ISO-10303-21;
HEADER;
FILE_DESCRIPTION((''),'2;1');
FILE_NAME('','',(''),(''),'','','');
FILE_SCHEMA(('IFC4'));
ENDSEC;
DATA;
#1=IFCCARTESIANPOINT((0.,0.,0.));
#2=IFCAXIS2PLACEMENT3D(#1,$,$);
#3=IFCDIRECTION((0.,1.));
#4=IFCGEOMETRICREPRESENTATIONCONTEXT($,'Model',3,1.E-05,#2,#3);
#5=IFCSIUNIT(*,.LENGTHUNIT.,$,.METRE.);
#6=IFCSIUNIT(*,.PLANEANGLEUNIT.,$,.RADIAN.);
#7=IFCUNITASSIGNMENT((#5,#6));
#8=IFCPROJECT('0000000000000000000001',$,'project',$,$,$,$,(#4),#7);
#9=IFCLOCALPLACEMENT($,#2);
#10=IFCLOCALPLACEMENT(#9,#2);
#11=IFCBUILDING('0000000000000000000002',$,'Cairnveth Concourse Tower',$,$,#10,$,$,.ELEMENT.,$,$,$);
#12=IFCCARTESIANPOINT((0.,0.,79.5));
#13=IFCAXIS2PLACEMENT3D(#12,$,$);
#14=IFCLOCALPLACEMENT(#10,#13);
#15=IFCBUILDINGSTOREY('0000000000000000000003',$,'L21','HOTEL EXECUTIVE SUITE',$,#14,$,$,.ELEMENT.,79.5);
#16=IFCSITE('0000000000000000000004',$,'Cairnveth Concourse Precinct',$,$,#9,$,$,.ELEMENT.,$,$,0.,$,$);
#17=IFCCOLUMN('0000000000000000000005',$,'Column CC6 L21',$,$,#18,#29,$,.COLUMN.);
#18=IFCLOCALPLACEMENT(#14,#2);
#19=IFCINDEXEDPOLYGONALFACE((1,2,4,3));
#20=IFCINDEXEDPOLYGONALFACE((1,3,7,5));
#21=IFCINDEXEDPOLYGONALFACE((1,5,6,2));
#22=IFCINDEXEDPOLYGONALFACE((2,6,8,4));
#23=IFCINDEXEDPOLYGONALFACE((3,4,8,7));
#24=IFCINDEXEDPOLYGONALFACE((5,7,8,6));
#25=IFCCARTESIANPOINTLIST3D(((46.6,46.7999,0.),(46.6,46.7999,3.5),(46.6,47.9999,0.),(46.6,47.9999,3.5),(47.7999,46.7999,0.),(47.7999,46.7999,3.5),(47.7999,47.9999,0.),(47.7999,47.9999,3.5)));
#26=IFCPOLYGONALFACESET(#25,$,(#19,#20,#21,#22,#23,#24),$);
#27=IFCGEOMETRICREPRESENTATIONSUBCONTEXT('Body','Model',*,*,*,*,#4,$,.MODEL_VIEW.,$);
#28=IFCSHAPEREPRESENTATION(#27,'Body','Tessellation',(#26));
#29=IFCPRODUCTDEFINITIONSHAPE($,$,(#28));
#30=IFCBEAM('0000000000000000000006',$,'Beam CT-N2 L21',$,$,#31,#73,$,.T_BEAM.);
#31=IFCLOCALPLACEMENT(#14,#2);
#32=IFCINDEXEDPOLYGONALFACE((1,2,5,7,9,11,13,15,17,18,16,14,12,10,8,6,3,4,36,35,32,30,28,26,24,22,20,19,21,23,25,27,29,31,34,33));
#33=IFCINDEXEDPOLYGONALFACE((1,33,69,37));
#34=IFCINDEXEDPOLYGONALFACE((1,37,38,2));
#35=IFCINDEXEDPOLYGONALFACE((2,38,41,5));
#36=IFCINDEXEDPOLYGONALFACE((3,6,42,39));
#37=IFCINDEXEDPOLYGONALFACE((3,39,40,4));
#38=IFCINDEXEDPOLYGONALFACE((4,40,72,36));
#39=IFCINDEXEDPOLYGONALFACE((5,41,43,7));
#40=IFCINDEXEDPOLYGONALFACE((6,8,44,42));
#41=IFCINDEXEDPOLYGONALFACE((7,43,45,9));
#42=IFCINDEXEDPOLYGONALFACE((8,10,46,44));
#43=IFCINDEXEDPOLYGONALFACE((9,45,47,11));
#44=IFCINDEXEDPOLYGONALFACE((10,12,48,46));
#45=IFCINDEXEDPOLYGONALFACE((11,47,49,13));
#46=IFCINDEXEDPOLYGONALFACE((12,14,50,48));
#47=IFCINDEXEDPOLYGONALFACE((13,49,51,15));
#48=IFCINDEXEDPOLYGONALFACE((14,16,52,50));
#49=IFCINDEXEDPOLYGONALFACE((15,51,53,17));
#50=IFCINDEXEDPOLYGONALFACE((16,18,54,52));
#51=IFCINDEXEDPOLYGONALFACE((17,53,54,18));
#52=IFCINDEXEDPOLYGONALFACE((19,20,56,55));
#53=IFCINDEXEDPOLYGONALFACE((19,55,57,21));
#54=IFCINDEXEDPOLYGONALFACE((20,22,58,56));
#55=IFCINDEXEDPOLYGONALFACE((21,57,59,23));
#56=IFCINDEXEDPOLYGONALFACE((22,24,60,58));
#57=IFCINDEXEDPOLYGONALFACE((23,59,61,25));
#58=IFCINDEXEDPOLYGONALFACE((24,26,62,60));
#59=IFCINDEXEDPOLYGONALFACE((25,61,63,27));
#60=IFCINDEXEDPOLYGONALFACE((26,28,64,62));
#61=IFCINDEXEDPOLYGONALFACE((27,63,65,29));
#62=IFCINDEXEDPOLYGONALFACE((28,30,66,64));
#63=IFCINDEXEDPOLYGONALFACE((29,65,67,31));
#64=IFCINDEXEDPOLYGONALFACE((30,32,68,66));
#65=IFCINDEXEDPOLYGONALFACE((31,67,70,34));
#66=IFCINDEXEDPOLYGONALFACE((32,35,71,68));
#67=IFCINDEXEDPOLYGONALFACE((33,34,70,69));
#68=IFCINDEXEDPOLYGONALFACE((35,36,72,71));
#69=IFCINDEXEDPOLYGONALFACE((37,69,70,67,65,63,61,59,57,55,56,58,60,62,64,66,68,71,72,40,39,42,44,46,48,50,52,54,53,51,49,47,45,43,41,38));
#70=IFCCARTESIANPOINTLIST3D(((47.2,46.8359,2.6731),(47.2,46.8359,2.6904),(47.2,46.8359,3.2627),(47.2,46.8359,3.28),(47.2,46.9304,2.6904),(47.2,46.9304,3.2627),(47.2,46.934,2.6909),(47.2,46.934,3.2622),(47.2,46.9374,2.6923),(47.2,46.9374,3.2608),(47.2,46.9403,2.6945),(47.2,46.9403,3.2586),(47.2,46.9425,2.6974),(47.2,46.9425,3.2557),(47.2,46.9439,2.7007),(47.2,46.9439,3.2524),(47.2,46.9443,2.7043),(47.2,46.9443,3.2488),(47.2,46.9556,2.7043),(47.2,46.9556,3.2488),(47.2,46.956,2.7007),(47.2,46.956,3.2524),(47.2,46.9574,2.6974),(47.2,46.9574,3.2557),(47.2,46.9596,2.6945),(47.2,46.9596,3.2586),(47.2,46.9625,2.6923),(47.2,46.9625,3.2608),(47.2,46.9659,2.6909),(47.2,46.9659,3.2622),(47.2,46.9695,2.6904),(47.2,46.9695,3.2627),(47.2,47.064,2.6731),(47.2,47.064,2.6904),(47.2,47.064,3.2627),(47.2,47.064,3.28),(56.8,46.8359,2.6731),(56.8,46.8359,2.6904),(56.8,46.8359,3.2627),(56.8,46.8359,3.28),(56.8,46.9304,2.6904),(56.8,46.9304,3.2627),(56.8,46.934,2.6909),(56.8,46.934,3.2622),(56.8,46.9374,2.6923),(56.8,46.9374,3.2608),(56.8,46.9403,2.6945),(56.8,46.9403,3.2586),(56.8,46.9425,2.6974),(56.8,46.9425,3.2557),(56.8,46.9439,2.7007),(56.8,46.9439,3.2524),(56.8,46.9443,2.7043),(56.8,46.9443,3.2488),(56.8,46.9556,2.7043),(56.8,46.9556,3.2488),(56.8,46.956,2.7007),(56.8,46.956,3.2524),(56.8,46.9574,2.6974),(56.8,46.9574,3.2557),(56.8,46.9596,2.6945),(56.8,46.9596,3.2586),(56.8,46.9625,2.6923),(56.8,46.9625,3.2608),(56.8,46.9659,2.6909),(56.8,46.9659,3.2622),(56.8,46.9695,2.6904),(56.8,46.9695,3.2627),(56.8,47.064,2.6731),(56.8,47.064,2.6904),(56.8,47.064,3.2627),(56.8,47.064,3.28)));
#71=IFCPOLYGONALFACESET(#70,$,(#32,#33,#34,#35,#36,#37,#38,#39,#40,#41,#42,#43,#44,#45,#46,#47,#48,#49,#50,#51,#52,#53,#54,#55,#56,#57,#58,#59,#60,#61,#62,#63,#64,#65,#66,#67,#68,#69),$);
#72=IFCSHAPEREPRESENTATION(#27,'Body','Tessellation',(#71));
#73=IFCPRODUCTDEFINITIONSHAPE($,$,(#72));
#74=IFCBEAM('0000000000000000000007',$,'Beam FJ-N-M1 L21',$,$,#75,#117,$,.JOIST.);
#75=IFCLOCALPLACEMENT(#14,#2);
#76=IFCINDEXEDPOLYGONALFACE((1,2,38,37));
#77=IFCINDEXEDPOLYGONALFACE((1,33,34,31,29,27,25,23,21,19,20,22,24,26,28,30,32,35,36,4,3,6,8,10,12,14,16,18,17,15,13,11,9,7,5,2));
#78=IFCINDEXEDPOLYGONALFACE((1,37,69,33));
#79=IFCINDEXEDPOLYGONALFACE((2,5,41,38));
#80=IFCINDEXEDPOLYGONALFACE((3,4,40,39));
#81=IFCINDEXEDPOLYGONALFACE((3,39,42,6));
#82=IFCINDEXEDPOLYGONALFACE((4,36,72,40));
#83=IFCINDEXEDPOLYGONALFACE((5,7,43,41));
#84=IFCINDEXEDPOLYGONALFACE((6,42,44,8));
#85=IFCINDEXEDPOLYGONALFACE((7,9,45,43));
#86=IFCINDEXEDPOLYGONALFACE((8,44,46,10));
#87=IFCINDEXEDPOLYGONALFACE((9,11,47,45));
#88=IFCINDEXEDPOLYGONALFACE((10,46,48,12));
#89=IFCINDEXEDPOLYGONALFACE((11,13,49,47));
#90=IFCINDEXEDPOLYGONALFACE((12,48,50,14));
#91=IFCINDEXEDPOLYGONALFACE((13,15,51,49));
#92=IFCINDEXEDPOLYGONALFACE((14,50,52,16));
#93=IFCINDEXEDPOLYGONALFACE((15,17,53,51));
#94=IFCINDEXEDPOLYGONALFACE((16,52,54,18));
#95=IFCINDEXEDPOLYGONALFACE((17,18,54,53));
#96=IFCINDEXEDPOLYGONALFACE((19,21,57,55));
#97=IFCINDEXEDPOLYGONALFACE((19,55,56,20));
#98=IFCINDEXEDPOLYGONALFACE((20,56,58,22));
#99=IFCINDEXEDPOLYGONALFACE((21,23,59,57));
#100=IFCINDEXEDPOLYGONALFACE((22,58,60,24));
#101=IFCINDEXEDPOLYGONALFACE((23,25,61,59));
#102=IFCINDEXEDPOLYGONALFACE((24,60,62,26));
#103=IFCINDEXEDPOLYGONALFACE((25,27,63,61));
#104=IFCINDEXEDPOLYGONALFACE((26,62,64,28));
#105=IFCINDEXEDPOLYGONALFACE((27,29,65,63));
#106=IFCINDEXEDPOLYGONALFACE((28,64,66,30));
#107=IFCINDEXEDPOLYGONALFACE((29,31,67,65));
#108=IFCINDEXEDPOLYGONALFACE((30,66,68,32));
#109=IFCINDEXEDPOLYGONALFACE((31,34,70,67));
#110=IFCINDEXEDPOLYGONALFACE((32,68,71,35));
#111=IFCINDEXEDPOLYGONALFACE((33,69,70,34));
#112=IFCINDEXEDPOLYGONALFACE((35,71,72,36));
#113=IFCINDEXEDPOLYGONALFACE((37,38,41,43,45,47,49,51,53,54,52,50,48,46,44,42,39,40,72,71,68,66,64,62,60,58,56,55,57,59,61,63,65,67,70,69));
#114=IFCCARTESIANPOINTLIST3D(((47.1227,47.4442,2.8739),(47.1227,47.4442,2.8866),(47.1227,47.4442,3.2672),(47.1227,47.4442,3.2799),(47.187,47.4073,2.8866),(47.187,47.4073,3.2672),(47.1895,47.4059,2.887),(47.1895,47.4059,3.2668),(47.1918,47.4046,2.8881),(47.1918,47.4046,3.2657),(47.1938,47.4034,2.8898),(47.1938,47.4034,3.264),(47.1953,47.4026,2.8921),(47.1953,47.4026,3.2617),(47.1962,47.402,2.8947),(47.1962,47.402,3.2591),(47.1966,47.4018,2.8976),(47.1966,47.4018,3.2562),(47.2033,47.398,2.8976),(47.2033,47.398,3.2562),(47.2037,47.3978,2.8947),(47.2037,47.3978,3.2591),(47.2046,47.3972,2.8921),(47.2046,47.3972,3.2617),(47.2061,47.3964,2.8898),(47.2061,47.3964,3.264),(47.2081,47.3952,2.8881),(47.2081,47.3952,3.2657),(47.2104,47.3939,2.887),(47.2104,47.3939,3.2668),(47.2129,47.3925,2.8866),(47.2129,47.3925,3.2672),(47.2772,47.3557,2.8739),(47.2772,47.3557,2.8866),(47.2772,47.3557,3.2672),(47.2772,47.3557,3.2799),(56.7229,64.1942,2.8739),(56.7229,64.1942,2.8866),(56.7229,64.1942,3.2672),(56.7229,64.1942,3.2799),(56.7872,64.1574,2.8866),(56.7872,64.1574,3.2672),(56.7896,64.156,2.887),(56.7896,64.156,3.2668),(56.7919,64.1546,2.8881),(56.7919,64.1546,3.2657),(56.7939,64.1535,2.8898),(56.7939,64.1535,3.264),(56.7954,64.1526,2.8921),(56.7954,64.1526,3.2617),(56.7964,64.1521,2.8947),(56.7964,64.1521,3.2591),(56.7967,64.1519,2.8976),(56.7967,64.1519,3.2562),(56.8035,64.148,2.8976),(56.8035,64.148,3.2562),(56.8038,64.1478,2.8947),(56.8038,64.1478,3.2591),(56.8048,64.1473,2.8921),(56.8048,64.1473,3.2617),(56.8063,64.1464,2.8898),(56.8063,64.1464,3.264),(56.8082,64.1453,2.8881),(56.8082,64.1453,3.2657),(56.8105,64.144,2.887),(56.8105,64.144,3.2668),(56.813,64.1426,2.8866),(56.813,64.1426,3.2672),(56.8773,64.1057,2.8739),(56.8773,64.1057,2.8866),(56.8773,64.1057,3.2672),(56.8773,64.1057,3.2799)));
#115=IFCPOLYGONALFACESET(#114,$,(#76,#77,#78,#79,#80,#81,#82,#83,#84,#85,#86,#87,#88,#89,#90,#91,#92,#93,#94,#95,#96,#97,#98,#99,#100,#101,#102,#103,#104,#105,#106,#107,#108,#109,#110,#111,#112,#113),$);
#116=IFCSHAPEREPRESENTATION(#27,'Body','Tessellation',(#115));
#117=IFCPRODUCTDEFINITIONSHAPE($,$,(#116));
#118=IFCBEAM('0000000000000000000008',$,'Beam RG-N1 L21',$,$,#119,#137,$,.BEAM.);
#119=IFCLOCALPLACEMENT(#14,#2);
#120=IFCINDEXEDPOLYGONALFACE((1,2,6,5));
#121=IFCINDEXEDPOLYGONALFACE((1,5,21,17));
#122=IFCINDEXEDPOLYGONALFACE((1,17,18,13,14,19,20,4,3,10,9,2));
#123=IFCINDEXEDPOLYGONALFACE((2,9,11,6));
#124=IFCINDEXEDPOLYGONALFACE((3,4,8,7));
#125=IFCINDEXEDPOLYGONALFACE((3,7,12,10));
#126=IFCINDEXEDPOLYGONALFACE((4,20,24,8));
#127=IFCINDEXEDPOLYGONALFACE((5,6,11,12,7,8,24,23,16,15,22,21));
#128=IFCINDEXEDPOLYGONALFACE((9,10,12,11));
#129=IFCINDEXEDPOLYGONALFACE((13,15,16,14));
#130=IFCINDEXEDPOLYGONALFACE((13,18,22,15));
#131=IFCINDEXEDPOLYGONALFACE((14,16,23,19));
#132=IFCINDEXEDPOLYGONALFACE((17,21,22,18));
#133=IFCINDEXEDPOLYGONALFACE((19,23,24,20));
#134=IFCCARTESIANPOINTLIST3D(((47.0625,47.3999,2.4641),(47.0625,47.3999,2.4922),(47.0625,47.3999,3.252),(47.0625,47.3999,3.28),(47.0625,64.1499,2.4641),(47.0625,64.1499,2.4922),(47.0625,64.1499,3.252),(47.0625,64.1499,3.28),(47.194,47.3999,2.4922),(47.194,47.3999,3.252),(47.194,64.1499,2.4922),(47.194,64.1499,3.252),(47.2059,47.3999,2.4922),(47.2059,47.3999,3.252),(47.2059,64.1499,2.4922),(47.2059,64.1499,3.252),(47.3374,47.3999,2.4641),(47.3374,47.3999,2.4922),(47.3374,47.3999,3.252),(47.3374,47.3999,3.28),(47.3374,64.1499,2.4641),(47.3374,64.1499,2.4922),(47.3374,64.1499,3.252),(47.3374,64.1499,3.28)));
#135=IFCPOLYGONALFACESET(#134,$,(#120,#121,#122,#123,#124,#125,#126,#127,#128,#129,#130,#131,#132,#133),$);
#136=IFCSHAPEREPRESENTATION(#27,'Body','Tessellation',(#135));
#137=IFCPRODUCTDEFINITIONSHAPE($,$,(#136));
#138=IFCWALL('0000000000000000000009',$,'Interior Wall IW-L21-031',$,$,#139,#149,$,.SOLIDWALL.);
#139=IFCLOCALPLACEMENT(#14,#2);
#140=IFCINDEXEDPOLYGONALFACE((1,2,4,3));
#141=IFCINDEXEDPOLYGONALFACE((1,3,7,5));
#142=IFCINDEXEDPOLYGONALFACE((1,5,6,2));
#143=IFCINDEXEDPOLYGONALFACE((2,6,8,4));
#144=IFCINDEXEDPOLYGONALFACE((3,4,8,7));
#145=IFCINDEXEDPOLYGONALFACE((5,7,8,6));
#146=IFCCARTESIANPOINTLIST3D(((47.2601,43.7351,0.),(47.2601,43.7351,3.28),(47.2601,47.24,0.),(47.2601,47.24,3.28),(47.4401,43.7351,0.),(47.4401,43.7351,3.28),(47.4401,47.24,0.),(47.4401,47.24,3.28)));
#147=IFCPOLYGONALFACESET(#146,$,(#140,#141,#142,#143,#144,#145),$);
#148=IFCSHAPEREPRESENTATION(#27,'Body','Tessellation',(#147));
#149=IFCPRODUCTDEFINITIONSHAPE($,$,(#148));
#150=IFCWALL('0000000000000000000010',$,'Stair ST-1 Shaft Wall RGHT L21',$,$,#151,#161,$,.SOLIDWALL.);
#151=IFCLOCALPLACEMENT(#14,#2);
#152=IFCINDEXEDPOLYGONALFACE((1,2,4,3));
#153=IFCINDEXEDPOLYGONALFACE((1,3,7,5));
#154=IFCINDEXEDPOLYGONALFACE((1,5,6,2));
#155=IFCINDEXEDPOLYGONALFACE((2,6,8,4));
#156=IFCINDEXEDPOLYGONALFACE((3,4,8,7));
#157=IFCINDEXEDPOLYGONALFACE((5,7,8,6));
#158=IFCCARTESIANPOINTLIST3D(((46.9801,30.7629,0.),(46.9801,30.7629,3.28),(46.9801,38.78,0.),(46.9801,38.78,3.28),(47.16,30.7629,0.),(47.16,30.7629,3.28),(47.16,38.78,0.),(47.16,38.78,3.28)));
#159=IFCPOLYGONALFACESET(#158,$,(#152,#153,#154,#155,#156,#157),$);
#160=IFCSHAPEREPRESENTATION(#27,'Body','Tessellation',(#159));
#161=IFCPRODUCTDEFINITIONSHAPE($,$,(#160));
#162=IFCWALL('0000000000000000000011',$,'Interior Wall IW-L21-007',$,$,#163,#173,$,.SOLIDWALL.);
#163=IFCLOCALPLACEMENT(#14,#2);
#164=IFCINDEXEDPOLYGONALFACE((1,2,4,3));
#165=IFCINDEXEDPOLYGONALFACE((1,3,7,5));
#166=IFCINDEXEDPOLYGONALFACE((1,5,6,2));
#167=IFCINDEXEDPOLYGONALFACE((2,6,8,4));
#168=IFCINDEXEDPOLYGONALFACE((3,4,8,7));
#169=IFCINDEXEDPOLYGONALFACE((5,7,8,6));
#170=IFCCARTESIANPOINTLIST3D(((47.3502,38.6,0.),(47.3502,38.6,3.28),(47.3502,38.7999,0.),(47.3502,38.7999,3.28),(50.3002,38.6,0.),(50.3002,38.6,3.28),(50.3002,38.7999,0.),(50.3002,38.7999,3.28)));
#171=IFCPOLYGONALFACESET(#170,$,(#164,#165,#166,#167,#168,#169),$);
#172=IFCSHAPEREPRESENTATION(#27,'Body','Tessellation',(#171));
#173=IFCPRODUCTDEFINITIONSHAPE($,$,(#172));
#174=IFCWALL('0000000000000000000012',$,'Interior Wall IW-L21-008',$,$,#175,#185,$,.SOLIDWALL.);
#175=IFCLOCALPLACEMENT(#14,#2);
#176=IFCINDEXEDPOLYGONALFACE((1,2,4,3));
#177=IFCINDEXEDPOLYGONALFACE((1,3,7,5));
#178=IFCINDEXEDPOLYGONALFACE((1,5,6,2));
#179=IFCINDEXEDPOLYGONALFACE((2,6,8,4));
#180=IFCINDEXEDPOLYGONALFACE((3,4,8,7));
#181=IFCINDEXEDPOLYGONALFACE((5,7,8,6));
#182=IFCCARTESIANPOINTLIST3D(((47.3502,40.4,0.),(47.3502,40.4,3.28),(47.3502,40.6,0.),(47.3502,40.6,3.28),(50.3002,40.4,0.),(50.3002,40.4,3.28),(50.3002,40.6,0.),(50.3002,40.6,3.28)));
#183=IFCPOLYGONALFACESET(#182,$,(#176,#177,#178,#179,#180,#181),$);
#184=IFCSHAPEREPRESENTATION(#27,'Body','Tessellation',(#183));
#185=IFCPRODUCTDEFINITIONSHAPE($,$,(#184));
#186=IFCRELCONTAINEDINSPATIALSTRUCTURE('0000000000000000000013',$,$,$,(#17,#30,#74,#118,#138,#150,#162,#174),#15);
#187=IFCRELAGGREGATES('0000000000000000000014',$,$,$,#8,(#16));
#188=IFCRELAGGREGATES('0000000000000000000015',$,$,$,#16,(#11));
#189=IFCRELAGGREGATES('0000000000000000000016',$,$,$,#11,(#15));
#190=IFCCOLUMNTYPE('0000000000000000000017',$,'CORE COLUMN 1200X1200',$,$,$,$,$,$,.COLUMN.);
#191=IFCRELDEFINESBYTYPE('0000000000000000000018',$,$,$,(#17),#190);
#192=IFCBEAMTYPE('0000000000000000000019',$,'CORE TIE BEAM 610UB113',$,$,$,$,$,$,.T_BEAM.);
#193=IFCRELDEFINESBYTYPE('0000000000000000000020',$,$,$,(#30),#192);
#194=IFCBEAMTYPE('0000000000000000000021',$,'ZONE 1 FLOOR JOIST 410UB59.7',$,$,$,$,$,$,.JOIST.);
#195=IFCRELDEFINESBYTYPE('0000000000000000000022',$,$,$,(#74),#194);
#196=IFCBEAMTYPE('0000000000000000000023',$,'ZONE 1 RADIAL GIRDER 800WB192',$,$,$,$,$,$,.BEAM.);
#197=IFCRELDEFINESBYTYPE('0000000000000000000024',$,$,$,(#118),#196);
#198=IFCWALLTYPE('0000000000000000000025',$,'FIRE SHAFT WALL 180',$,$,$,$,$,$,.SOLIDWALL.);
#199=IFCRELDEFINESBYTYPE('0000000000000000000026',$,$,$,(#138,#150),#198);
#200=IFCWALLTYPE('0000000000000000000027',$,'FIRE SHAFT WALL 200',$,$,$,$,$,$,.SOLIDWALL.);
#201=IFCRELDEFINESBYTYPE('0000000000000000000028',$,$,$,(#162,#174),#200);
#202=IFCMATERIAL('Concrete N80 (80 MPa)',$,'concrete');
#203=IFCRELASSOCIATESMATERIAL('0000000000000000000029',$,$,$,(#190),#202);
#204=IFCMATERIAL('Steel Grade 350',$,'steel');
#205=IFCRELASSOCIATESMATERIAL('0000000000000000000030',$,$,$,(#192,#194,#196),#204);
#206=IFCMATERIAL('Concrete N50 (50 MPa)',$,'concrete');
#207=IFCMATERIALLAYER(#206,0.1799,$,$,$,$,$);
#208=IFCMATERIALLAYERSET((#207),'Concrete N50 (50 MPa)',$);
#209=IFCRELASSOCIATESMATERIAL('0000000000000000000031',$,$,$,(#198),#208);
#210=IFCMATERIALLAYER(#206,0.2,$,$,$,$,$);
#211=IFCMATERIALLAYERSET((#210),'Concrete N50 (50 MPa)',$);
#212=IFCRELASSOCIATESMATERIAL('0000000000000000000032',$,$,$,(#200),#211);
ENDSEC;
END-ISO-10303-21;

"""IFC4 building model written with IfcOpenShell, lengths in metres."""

from ifc_helpers import new_model, si_unit, direction, frame, frame_2d, origin, origin_2d, place, context, subcontext, project, spatial, rectangle, i_section, extrude, material, layer, layer_set, material_profile, profile_set, type_object, element, save


model = new_model("IFC4")

# Units and contexts
model_context = context("Model", 3, precision=1e-05, world=origin(), true_north=direction((0.0, 1.0)))
body_context = subcontext(model_context, "Body", "Model", "MODEL_VIEW")
ifc_project = project(units=[si_unit("LENGTHUNIT", "METRE"), si_unit("PLANEANGLEUNIT", "RADIAN")], contexts=[model_context])

# Site, building, storey
site_placement = place(None, origin())
site = spatial("IfcSite", under=ifc_project, at=site_placement, Name="Cairnveth Concourse Precinct", CompositionType="ELEMENT", RefElevation=0.0)
building_placement = place(site_placement, origin())
building = spatial("IfcBuilding", under=site, at=building_placement, Name="Cairnveth Concourse Tower", CompositionType="ELEMENT")
storey_placement = place(building_placement, frame((0.0, 0.0, 79.5)))
storey = spatial("IfcBuildingStorey", under=building, at=storey_placement, Name="L21", Description="HOTEL EXECUTIVE SUITE", CompositionType="ELEMENT", Elevation=79.5)

# Column
ifc_material_1 = material(Name="Concrete N80 (80 MPa)", Category="concrete")
ifc_material_profile_1 = material_profile(ifc_material_1, rectangle(XDim=1.2, YDim=1.2, at=origin_2d()), Name="RC-COL-1200x1200")
ifc_profile_set_1 = profile_set([ifc_material_profile_1], Name="Concrete N80 (80 MPa)")
column_type = type_object("IfcColumnType", Name="CORE COLUMN 1200X1200", PredefinedType="COLUMN", material=ifc_profile_set_1)
column_placement = place(storey_placement, frame((47.2, 47.3999, 0.0), z_axis=(0.0, 0.0, 1.0), x_axis=(1.0, 0.0, 0.0)))
element("IfcColumn", 1, at=column_placement, inside=storey, type_object=column_type, Name="Column CC6 L21", PredefinedType="COLUMN", context=body_context, shape_type="SweptSolid", body=[
    extrude(rectangle(XDim=1.2, YDim=1.2, at=origin_2d()), origin(), (0.0, 0.0, 1.0), 3.5),
])

# Beams
ifc_material_2 = material(Name="Steel Grade 350", Category="steel")
ifc_material_profile_2 = material_profile(ifc_material_2, i_section(OverallWidth=0.228, OverallDepth=0.6069, WebThickness=0.0112, FlangeThickness=0.0173, FilletRadius=0.0139, at=origin_2d()), Name="610UB113")
ifc_profile_set_2 = profile_set([ifc_material_profile_2], Name="Steel Grade 350")
beam_type_1 = type_object("IfcBeamType", Name="CORE TIE BEAM 610UB113", PredefinedType="T_BEAM", material=ifc_profile_set_2)
beam_1_placement = place(storey_placement, frame((47.2, 46.95, 2.9766), z_axis=(1.0, 0.0, 0.0), x_axis=(0.0, 1.0, 0.0)))
element("IfcBeam", 2, at=beam_1_placement, inside=storey, type_object=beam_type_1, Name="Beam CT-N2 L21", PredefinedType="T_BEAM", context=body_context, shape_type="SweptSolid", body=[
    extrude(i_section(OverallWidth=0.228, OverallDepth=0.6069, WebThickness=0.0112, FlangeThickness=0.0173, FilletRadius=0.0139, at=origin_2d()), origin(), (0.0, 0.0, 1.0), 9.6001),
])
ifc_material_profile_3 = material_profile(ifc_material_2, i_section(OverallWidth=0.178, OverallDepth=0.406, WebThickness=0.0078, FlangeThickness=0.0127, FilletRadius=0.011, at=origin_2d()), Name="410UB59.7")
ifc_profile_set_3 = profile_set([ifc_material_profile_3], Name="Steel Grade 350")
beam_type_2 = type_object("IfcBeamType", Name="ZONE 1 FLOOR JOIST 410UB59.7", PredefinedType="JOIST", material=ifc_profile_set_3)
beam_2_placement = place(storey_placement, frame((47.2, 47.3999, 3.0769), z_axis=(0.497258, 0.867603, 0.0), x_axis=(-0.867603, 0.497258, 0.0)))
element("IfcBeam", 3, at=beam_2_placement, inside=storey, type_object=beam_type_2, Name="Beam FJ-N-M1 L21", PredefinedType="JOIST", context=body_context, shape_type="SweptSolid", body=[
    extrude(i_section(OverallWidth=0.178, OverallDepth=0.406, WebThickness=0.0078, FlangeThickness=0.0127, FilletRadius=0.011, at=origin_2d()), origin(), (0.0, 0.0, 1.0), 19.3062),
])
ifc_material_profile_4 = material_profile(ifc_material_2, i_section(OverallWidth=0.2749, OverallDepth=0.8159, WebThickness=0.012, FlangeThickness=0.0281, at=origin_2d()), Name="800WB192")
ifc_profile_set_4 = profile_set([ifc_material_profile_4], Name="Steel Grade 350")
beam_type_3 = type_object("IfcBeamType", Name="ZONE 1 RADIAL GIRDER 800WB192", PredefinedType="BEAM", material=ifc_profile_set_4)
beam_3_placement = place(storey_placement, frame((47.2, 47.3999, 2.8721), z_axis=(0.0, 1.0, 0.0), x_axis=(-1.0, 0.0, 0.0)))
element("IfcBeam", 4, at=beam_3_placement, inside=storey, type_object=beam_type_3, Name="Beam RG-N1 L21", PredefinedType="BEAM", context=body_context, shape_type="SweptSolid", body=[
    extrude(i_section(OverallWidth=0.2749, OverallDepth=0.8159, WebThickness=0.012, FlangeThickness=0.0281, at=origin_2d()), origin(), (0.0, 0.0, 1.0), 16.75),
])

# Wall
ifc_material_3 = material(Name="Concrete N50 (50 MPa)", Category="concrete")
ifc_layer_1 = layer(ifc_material_3, 0.1799)
ifc_layer_set_1 = layer_set([ifc_layer_1], Name="Concrete N50 (50 MPa)")
wall_type_1 = type_object("IfcWallType", Name="FIRE SHAFT WALL 180", PredefinedType="SOLIDWALL", material=ifc_layer_set_1)
wall_1_placement = place(storey_placement, frame((47.3501, 43.7351, 0.0), z_axis=(0.0, 0.0, 1.0), x_axis=(0.0, 1.0, 0.0)))
element("IfcWall", 5, at=wall_1_placement, inside=storey, type_object=wall_type_1, Name="Interior Wall IW-L21-031", PredefinedType="SOLIDWALL", context=body_context, shape_type="SweptSolid", body=[
    extrude(rectangle(XDim=3.5049, YDim=0.1799, at=frame_2d((1.7524, 0.0))), origin(), (0.0, 0.0, 1.0), 3.28),
])

# Walls
wall_2_placement = place(storey_placement, frame((47.0701, 38.78, 0.0), z_axis=(0.0, 0.0, 1.0), x_axis=(0.0, -1.0, 0.0)))
element("IfcWall", 6, at=wall_2_placement, inside=storey, type_object=wall_type_1, Name="Stair ST-1 Shaft Wall RGHT L21", PredefinedType="SOLIDWALL", context=body_context, shape_type="SweptSolid", body=[
    extrude(rectangle(XDim=8.0171, YDim=0.1799, at=frame_2d((4.0085, 0.0))), origin(), (0.0, 0.0, 1.0), 3.28),
])
ifc_layer_2 = layer(ifc_material_3, 0.2)
ifc_layer_set_2 = layer_set([ifc_layer_2], Name="Concrete N50 (50 MPa)")
wall_type_2 = type_object("IfcWallType", Name="FIRE SHAFT WALL 200", PredefinedType="SOLIDWALL", material=ifc_layer_set_2)
for number, where, z_axis, x_axis, name in (
    (7, (47.3501, 38.7, 0.0), (0.0, 0.0, 1.0), (1.0, 0.0, 0.0), "Interior Wall IW-L21-007"),
    (8, (47.3501, 40.5, 0.0), (0.0, 0.0, 1.0), (1.0, 0.0, 0.0), "Interior Wall IW-L21-008"),
):
    element("IfcWall", number, at=place(storey_placement, frame(where, z_axis=z_axis, x_axis=x_axis)), inside=storey, type_object=wall_type_2, Name=name, PredefinedType="SOLIDWALL", context=body_context, shape_type="SweptSolid", body=[
        extrude(rectangle(XDim=2.95, YDim=0.2, at=frame_2d((1.4751, 0.0))), origin(), (0.0, 0.0, 1.0), 3.28),
    ])

save(model, "model.ifc")
